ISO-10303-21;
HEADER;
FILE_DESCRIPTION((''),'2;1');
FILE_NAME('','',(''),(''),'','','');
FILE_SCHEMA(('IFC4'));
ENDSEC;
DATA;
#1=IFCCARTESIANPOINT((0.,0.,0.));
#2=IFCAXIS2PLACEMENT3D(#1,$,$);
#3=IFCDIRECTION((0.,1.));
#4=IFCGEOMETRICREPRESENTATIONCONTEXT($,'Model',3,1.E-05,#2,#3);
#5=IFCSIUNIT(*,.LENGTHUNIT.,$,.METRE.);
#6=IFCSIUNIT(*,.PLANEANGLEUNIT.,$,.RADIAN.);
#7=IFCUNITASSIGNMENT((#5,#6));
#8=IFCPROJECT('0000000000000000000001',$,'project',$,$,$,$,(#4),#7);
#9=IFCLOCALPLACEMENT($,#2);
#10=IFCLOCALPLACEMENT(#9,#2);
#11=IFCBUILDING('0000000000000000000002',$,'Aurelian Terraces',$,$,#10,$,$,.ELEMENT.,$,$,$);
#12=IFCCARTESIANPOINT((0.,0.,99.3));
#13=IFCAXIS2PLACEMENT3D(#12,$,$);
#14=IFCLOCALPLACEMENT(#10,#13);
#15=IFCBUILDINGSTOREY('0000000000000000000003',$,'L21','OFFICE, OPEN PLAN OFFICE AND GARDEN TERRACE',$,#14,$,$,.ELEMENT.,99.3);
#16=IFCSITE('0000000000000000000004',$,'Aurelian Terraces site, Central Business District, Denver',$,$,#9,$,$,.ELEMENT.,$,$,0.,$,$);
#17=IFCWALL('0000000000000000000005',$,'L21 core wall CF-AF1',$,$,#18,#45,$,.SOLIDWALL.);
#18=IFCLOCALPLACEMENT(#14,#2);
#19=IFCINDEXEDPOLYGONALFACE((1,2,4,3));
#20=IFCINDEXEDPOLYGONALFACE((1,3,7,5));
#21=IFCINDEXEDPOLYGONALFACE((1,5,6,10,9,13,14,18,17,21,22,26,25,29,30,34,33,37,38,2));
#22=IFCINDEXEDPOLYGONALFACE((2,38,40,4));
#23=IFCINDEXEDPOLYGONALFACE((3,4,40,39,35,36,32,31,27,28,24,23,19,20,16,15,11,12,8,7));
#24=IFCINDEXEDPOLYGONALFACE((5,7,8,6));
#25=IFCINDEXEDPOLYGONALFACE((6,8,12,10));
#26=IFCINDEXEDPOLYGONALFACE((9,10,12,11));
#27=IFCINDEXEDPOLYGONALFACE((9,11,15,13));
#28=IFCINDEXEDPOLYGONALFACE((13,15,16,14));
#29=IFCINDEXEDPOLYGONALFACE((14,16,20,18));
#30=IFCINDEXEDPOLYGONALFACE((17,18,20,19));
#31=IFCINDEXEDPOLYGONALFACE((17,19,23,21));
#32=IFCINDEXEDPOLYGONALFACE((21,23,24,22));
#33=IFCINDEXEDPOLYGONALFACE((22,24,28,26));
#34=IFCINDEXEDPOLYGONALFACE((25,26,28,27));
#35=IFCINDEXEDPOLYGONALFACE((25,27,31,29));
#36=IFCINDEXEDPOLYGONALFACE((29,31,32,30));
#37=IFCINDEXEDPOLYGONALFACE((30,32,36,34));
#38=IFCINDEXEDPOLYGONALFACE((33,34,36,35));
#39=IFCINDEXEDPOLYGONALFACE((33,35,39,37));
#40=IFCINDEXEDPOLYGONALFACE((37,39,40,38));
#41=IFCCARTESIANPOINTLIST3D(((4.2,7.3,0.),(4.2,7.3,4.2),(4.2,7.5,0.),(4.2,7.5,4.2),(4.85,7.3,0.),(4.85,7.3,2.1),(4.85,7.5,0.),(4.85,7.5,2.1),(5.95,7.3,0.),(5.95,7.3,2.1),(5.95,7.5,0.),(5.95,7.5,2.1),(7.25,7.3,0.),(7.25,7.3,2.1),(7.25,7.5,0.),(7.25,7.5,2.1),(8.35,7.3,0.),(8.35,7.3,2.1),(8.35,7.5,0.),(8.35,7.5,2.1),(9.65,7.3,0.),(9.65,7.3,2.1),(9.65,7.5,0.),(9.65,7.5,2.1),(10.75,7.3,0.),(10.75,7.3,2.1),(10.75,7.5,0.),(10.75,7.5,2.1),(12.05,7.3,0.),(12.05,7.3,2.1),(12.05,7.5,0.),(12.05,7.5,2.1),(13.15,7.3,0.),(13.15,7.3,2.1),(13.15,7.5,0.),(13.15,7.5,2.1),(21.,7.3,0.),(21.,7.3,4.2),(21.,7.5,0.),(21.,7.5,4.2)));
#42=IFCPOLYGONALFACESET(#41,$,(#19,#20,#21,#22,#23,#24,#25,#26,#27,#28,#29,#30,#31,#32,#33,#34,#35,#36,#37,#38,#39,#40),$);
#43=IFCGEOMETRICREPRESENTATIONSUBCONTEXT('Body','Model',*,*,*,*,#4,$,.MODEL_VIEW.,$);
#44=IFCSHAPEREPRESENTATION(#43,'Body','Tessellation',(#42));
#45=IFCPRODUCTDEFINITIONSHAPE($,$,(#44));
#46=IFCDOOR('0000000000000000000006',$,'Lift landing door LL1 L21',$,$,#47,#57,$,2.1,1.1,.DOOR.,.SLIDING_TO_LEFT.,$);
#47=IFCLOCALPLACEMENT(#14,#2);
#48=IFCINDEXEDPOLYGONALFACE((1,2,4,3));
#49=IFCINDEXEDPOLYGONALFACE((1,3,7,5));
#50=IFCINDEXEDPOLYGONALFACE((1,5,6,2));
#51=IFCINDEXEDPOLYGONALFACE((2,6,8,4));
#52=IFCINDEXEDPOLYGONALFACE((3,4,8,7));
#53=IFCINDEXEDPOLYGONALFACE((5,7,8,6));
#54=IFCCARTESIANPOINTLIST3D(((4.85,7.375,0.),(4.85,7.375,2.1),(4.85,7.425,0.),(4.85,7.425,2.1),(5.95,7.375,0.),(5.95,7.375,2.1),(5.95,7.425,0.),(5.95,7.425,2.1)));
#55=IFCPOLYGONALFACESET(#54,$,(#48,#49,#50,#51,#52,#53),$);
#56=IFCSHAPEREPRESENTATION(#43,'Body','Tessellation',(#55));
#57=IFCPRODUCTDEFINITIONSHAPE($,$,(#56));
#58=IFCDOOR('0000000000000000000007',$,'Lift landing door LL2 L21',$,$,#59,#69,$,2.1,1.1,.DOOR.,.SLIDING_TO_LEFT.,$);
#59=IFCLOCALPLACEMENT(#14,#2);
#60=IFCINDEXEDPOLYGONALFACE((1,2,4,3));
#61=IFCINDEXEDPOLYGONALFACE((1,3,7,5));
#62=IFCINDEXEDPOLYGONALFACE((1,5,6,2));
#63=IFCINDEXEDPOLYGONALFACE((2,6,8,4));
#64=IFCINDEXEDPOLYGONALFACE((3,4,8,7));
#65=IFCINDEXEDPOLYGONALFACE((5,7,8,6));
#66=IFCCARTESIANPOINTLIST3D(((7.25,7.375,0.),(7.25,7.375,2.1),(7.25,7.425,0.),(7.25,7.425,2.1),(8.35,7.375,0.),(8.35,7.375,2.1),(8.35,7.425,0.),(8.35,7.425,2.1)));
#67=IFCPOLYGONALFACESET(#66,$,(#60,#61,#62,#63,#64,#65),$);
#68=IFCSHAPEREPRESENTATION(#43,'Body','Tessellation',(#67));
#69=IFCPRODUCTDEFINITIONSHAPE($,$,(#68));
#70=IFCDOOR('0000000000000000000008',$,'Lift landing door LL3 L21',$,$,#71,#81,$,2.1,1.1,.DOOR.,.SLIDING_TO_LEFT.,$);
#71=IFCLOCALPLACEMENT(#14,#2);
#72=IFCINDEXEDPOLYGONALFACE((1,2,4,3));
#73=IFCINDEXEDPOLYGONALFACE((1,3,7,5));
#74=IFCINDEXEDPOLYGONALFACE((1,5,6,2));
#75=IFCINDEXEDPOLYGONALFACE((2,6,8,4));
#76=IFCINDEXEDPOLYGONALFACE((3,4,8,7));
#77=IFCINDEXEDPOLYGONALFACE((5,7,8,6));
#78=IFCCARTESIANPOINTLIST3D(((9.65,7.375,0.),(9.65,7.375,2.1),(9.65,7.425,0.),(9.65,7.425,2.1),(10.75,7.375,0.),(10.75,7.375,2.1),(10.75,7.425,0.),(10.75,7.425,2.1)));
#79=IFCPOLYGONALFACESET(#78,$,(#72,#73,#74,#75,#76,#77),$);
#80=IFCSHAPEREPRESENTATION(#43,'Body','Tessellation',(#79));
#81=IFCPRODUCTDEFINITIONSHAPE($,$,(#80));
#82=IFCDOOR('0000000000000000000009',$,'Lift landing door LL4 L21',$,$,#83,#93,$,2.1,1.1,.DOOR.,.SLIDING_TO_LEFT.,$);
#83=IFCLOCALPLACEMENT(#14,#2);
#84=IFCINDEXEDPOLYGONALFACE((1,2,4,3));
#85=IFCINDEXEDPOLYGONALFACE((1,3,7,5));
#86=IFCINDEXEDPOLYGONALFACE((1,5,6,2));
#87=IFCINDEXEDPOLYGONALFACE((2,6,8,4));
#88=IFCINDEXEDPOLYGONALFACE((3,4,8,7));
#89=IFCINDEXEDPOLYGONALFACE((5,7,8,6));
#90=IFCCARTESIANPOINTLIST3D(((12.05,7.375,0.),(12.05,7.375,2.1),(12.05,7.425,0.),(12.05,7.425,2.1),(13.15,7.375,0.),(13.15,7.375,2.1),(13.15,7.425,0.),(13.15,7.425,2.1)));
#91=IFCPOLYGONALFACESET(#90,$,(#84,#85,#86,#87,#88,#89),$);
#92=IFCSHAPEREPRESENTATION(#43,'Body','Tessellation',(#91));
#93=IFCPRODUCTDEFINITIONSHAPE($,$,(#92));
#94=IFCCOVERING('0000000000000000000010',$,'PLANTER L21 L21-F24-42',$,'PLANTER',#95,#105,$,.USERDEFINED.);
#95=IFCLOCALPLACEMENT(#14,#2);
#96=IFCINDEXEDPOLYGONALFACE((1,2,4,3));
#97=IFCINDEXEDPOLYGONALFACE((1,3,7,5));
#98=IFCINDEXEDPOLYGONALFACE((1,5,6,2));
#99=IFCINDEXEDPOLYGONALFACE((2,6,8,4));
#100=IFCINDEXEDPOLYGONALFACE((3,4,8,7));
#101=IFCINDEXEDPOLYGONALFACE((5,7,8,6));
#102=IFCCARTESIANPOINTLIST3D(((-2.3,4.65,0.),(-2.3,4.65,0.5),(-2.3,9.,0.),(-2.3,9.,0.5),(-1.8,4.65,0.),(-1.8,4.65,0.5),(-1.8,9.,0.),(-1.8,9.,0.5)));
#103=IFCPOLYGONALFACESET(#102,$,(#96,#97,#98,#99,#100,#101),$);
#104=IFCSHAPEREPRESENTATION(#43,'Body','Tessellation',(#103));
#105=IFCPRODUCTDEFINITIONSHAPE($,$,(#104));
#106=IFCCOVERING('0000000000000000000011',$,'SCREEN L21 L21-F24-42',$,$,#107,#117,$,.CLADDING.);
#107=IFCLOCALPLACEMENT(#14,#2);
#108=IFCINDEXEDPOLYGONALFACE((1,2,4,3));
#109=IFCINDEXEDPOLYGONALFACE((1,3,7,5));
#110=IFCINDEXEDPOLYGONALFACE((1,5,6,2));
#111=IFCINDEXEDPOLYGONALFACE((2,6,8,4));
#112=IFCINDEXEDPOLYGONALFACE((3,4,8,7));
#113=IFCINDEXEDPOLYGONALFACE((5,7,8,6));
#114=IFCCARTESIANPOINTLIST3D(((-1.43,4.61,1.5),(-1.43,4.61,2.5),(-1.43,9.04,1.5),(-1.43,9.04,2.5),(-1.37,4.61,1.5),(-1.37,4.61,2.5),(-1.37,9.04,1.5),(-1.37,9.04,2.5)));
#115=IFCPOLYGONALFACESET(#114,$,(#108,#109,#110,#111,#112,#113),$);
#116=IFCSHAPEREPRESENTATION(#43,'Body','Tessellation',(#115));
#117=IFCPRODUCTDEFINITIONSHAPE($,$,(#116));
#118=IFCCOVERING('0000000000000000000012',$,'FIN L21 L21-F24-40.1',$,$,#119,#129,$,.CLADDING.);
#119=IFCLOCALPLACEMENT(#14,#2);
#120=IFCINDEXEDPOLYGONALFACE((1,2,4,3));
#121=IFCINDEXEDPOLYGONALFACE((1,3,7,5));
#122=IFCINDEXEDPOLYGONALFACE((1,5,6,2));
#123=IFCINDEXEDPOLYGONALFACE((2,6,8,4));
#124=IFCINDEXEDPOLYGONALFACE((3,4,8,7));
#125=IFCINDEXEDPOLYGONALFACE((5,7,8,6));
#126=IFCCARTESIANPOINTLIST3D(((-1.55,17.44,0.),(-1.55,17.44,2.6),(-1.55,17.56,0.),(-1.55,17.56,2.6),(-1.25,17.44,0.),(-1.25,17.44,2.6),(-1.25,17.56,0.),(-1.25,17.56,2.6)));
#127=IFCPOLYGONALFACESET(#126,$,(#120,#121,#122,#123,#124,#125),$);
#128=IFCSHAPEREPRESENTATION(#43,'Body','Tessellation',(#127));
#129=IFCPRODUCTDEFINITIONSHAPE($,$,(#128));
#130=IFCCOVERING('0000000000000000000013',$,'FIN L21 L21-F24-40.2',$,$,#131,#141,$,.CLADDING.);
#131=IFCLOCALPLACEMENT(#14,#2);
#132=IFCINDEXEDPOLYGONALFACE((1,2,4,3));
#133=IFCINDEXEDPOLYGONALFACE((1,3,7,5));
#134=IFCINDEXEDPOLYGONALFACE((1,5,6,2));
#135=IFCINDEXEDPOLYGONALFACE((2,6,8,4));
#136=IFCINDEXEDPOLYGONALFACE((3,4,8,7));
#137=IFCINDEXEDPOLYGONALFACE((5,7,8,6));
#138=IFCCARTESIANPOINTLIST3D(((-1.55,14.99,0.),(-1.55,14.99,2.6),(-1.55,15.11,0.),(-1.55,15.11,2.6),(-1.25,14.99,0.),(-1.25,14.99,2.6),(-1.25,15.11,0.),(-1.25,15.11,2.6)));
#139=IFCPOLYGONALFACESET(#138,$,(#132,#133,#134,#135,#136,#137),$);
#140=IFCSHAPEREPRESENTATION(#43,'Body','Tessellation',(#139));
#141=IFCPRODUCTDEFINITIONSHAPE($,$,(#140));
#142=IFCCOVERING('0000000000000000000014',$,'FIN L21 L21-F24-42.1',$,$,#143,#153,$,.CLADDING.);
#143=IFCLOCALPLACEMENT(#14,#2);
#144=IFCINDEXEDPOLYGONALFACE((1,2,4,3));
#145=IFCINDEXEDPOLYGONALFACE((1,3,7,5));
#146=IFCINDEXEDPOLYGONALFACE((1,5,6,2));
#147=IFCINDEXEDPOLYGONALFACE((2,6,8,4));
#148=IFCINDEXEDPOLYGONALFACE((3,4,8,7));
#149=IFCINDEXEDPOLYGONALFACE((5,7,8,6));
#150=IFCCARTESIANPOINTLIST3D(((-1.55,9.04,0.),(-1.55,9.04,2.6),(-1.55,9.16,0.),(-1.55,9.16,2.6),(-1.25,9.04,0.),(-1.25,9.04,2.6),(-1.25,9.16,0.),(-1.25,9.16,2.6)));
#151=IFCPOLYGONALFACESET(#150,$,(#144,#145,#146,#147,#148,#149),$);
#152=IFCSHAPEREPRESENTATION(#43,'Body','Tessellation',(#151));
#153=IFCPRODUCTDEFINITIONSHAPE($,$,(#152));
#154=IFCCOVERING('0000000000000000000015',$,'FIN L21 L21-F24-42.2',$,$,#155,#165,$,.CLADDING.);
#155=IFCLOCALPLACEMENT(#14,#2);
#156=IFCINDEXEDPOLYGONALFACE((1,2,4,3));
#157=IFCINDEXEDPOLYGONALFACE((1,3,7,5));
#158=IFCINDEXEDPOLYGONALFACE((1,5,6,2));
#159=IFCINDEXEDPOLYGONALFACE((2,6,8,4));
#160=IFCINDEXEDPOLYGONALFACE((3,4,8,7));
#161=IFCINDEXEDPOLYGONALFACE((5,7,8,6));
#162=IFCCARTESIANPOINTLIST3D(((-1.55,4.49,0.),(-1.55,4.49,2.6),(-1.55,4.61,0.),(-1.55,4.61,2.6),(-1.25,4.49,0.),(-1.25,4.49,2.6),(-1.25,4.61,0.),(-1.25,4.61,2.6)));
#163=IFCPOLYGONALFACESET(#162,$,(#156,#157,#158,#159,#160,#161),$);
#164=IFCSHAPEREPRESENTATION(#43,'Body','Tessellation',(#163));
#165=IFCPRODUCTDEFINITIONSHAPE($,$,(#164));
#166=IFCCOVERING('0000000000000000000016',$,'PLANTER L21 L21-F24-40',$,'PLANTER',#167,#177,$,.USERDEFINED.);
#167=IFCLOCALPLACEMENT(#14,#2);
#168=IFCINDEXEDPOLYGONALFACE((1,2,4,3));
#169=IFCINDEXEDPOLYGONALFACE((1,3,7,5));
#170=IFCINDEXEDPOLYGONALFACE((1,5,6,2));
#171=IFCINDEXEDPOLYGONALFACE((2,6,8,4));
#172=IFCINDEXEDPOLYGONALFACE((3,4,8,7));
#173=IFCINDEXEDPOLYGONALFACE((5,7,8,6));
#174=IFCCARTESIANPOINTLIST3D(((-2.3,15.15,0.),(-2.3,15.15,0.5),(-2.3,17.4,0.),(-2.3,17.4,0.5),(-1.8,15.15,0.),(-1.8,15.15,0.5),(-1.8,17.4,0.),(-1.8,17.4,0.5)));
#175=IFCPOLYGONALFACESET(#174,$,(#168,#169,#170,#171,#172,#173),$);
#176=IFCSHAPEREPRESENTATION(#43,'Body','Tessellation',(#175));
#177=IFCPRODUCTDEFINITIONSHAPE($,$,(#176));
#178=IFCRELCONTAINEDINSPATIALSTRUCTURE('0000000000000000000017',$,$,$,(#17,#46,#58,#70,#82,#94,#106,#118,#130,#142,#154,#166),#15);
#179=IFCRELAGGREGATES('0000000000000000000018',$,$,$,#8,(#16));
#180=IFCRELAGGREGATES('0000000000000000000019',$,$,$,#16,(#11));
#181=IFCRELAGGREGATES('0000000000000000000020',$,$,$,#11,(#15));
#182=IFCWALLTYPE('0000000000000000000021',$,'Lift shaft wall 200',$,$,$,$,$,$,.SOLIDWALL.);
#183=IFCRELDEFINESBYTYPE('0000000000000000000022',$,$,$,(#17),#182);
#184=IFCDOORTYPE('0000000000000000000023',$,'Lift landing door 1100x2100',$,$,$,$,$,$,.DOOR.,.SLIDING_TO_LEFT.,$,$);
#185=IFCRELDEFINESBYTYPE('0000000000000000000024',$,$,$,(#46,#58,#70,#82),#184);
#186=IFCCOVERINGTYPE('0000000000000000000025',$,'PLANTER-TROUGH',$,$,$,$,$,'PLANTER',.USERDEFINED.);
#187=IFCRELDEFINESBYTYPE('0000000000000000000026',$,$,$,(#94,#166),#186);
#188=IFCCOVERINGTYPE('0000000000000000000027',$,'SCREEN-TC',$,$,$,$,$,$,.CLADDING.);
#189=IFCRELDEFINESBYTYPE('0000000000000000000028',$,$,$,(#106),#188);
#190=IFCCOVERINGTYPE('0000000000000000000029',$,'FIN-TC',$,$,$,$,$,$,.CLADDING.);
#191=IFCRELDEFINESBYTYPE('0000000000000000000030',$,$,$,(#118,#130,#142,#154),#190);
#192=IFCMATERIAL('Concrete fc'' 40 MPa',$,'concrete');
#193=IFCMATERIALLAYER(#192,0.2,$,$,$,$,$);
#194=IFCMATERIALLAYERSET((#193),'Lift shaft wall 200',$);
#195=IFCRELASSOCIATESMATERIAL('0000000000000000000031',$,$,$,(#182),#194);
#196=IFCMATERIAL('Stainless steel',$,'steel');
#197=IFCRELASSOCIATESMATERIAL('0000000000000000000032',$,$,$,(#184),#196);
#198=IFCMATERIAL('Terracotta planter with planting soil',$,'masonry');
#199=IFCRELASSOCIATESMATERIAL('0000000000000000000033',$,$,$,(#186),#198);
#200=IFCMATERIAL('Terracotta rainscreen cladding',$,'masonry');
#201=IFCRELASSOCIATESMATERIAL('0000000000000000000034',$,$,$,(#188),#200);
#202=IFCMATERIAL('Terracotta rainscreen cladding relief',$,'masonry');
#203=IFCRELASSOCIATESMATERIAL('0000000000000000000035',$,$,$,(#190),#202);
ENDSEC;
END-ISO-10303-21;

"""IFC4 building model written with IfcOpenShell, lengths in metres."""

from ifc_helpers import new_model, si_unit, direction, frame, frame_2d, origin, origin_2d, place, context, subcontext, project, spatial, rectangle, extrude, source, transform, mapped, material, layer, layer_set, type_object, element, fill, save


model = new_model("IFC4")

# Units and contexts
model_context = context("Model", 3, precision=1e-05, world=origin(), true_north=direction((0.0, 1.0)))
body_context = subcontext(model_context, "Body", "Model", "MODEL_VIEW")
ifc_project = project(units=[si_unit("LENGTHUNIT", "METRE"), si_unit("PLANEANGLEUNIT", "RADIAN")], contexts=[model_context])

# Site, building, storey
site_placement = place(None, origin())
site = spatial("IfcSite", under=ifc_project, at=site_placement, Name="Aurelian Terraces site, Central Business District, Denver", CompositionType="ELEMENT", RefElevation=0.0)
building_placement = place(site_placement, origin())
building = spatial("IfcBuilding", under=site, at=building_placement, Name="Aurelian Terraces", CompositionType="ELEMENT")
storey_placement = place(building_placement, frame((0.0, 0.0, 99.3)))
storey = spatial("IfcBuildingStorey", under=building, at=storey_placement, Name="L21", Description="OFFICE, OPEN PLAN OFFICE AND GARDEN TERRACE", CompositionType="ELEMENT", Elevation=99.3)

# Shared definitions
ifc_material_1 = material(Name="Terracotta rainscreen cladding", Category="masonry")

# Wall, openings, doors
ifc_material_2 = material(Name="Concrete fc' 40 MPa", Category="concrete")
ifc_layer_1 = layer(ifc_material_2, 0.2)
ifc_layer_set_1 = layer_set([ifc_layer_1], Name="Lift shaft wall 200")
wall_type_1 = type_object("IfcWallType", Name="Lift shaft wall 200", PredefinedType="SOLIDWALL", material=ifc_layer_set_1)
shared_shape_1 = source(origin(), body_context, "Body", "SweptSolid", [
    extrude(rectangle(XDim=16.8, YDim=0.2, at=frame_2d((8.4, 0.0))), origin(), (0.0, 0.0, 1.0), 4.2),
])
wall_1_placement = place(storey_placement, frame((4.2, 7.4, 0.0), z_axis=(0.0, 0.0, 1.0), x_axis=(1.0, 0.0, 0.0)))
wall_1 = element("IfcWall", 1, at=wall_1_placement, inside=storey, type_object=wall_type_1, Name="L21 core wall CF-AF1", PredefinedType="SOLIDWALL", context=body_context, shape_type="MappedRepresentation", body=[
    mapped(shared_shape_1, transform((0.0, 0.0, 0.0), scale=1.0)),
])
shared_shape_2 = source(origin(), body_context, "Body", "SweptSolid", [
    extrude(rectangle(XDim=1.1, YDim=2.1, at=frame_2d((0.55, 1.05))), frame((0.0, 0.11, 0.0), z_axis=(0.0, -1.0, 0.0), x_axis=(1.0, 0.0, 0.0)), (0.0, 0.0, 1.0), 0.22),
])
opening_1_placement = place(wall_1_placement, frame((0.65, 0.0, 0.0)))
opening_1 = element("IfcOpeningElement", 2, at=opening_1_placement, cuts=wall_1, PredefinedType="OPENING", context=body_context, shape_type="MappedRepresentation", body=[
    mapped(shared_shape_2, transform((0.0, 0.0, 0.0), scale=1.0)),
])
opening_2_placement = place(wall_1_placement, frame((3.05, 0.0, 0.0)))
opening_2 = element("IfcOpeningElement", 3, at=opening_2_placement, cuts=wall_1, PredefinedType="OPENING", context=body_context, shape_type="MappedRepresentation", body=[
    mapped(shared_shape_2, transform((0.0, 0.0, 0.0), scale=1.0)),
])
opening_3_placement = place(wall_1_placement, frame((5.45, 0.0, 0.0)))
opening_3 = element("IfcOpeningElement", 4, at=opening_3_placement, cuts=wall_1, PredefinedType="OPENING", context=body_context, shape_type="MappedRepresentation", body=[
    mapped(shared_shape_2, transform((0.0, 0.0, 0.0), scale=1.0)),
])
opening_4_placement = place(wall_1_placement, frame((7.85, 0.0, 0.0)))
opening_4 = element("IfcOpeningElement", 5, at=opening_4_placement, cuts=wall_1, PredefinedType="OPENING", context=body_context, shape_type="MappedRepresentation", body=[
    mapped(shared_shape_2, transform((0.0, 0.0, 0.0), scale=1.0)),
])
ifc_material_3 = material(Name="Stainless steel", Category="steel")
door_type_1 = type_object("IfcDoorType", Name="Lift landing door 1100x2100", OperationType="SLIDING_TO_LEFT", PredefinedType="DOOR", material=ifc_material_3)
shared_shape_3 = source(origin(), body_context, "Body", "SweptSolid", [
    extrude(rectangle(XDim=1.1, YDim=2.1, at=frame_2d((0.55, 1.05))), frame((0.0, 0.025, 0.0), z_axis=(0.0, -1.0, 0.0), x_axis=(1.0, 0.0, 0.0)), (0.0, 0.0, 1.0), 0.05),
])
door_1_placement = place(opening_1_placement, origin())
door_1 = element("IfcDoor", 6, at=door_1_placement, inside=storey, type_object=door_type_1, Name="Lift landing door LL1 L21", OperationType="SLIDING_TO_LEFT", OverallHeight=2.1, OverallWidth=1.1, PredefinedType="DOOR", context=body_context, shape_type="MappedRepresentation", body=[
    mapped(shared_shape_3, transform((0.0, 0.0, 0.0), scale=1.0)),
])
fill(opening_1, door_1)
door_2_placement = place(opening_2_placement, origin())
door_2 = element("IfcDoor", 7, at=door_2_placement, inside=storey, type_object=door_type_1, Name="Lift landing door LL2 L21", OperationType="SLIDING_TO_LEFT", OverallHeight=2.1, OverallWidth=1.1, PredefinedType="DOOR", context=body_context, shape_type="MappedRepresentation", body=[
    mapped(shared_shape_3, transform((0.0, 0.0, 0.0), scale=1.0)),
])
fill(opening_2, door_2)
door_3_placement = place(opening_3_placement, origin())
door_3 = element("IfcDoor", 8, at=door_3_placement, inside=storey, type_object=door_type_1, Name="Lift landing door LL3 L21", OperationType="SLIDING_TO_LEFT", OverallHeight=2.1, OverallWidth=1.1, PredefinedType="DOOR", context=body_context, shape_type="MappedRepresentation", body=[
    mapped(shared_shape_3, transform((0.0, 0.0, 0.0), scale=1.0)),
])
fill(opening_3, door_3)
door_4_placement = place(opening_4_placement, origin())
door_4 = element("IfcDoor", 9, at=door_4_placement, inside=storey, type_object=door_type_1, Name="Lift landing door LL4 L21", OperationType="SLIDING_TO_LEFT", OverallHeight=2.1, OverallWidth=1.1, PredefinedType="DOOR", context=body_context, shape_type="MappedRepresentation", body=[
    mapped(shared_shape_3, transform((0.0, 0.0, 0.0), scale=1.0)),
])
fill(opening_4, door_4)

# Coverings
ifc_material_4 = material(Name="Terracotta planter with planting soil", Category="masonry")
covering_type_1 = type_object("IfcCoveringType", Name="PLANTER-TROUGH", ElementType="PLANTER", PredefinedType="USERDEFINED", material=ifc_material_4)
covering_1_placement = place(storey_placement, frame((-2.05, 6.825, 0.0), z_axis=(0.0, 0.0, 1.0), x_axis=(1.0, 0.0, 0.0)))
element("IfcCovering", 10, at=covering_1_placement, inside=storey, type_object=covering_type_1, Name="PLANTER L21 L21-F24-42", ObjectType="PLANTER", PredefinedType="USERDEFINED", context=body_context, shape_type="SweptSolid", body=[
    extrude(rectangle(XDim=0.5, YDim=4.35, at=origin_2d()), origin(), (0.0, 0.0, 1.0), 0.5),
])
covering_type_2 = type_object("IfcCoveringType", Name="SCREEN-TC", PredefinedType="CLADDING", material=ifc_material_1)
covering_2_placement = place(storey_placement, frame((-1.4, 6.825, 1.5), z_axis=(0.0, 0.0, 1.0), x_axis=(1.0, 0.0, 0.0)))
element("IfcCovering", 11, at=covering_2_placement, inside=storey, type_object=covering_type_2, Name="SCREEN L21 L21-F24-42", PredefinedType="CLADDING", context=body_context, shape_type="SweptSolid", body=[
    extrude(rectangle(XDim=0.06, YDim=4.43, at=origin_2d()), origin(), (0.0, 0.0, 1.0), 1.0),
])
ifc_material_5 = material(Name="Terracotta rainscreen cladding relief", Category="masonry")
covering_type_3 = type_object("IfcCoveringType", Name="FIN-TC", PredefinedType="CLADDING", material=ifc_material_5)
shared_shape_4 = source(origin(), body_context, "Body", "SweptSolid", [
    extrude(rectangle(XDim=0.3, YDim=0.12, at=origin_2d()), origin(), (0.0, 0.0, 1.0), 2.6),
])
for number, where, z_axis, x_axis, name in (
    (12, (-1.4, 17.5, 0.0), (0.0, 0.0, 1.0), (1.0, 0.0, 0.0), "FIN L21 L21-F24-40.1"),
    (13, (-1.4, 15.05, 0.0), (0.0, 0.0, 1.0), (1.0, 0.0, 0.0), "FIN L21 L21-F24-40.2"),
    (14, (-1.4, 9.1, 0.0), (0.0, 0.0, 1.0), (1.0, 0.0, 0.0), "FIN L21 L21-F24-42.1"),
    (15, (-1.4, 4.55, 0.0), (0.0, 0.0, 1.0), (1.0, 0.0, 0.0), "FIN L21 L21-F24-42.2"),
):
    element("IfcCovering", number, at=place(storey_placement, frame(where, z_axis=z_axis, x_axis=x_axis)), inside=storey, type_object=covering_type_3, Name=name, PredefinedType="CLADDING", context=body_context, shape_type="MappedRepresentation", body=[
        mapped(shared_shape_4, transform((0.0, 0.0, 0.0), scale=1.0)),
    ])
shared_shape_5 = source(origin(), body_context, "Body", "SweptSolid", [
    extrude(rectangle(XDim=0.5, YDim=2.25, at=origin_2d()), origin(), (0.0, 0.0, 1.0), 0.5),
])
covering_3_placement = place(storey_placement, frame((-2.05, 16.275, 0.0), z_axis=(0.0, 0.0, 1.0), x_axis=(1.0, 0.0, 0.0)))
element("IfcCovering", 16, at=covering_3_placement, inside=storey, type_object=covering_type_1, Name="PLANTER L21 L21-F24-40", ObjectType="PLANTER", PredefinedType="USERDEFINED", context=body_context, shape_type="MappedRepresentation", body=[
    mapped(shared_shape_5, transform((0.0, 0.0, 0.0), scale=1.0)),
])

save(model, "model.ifc")
